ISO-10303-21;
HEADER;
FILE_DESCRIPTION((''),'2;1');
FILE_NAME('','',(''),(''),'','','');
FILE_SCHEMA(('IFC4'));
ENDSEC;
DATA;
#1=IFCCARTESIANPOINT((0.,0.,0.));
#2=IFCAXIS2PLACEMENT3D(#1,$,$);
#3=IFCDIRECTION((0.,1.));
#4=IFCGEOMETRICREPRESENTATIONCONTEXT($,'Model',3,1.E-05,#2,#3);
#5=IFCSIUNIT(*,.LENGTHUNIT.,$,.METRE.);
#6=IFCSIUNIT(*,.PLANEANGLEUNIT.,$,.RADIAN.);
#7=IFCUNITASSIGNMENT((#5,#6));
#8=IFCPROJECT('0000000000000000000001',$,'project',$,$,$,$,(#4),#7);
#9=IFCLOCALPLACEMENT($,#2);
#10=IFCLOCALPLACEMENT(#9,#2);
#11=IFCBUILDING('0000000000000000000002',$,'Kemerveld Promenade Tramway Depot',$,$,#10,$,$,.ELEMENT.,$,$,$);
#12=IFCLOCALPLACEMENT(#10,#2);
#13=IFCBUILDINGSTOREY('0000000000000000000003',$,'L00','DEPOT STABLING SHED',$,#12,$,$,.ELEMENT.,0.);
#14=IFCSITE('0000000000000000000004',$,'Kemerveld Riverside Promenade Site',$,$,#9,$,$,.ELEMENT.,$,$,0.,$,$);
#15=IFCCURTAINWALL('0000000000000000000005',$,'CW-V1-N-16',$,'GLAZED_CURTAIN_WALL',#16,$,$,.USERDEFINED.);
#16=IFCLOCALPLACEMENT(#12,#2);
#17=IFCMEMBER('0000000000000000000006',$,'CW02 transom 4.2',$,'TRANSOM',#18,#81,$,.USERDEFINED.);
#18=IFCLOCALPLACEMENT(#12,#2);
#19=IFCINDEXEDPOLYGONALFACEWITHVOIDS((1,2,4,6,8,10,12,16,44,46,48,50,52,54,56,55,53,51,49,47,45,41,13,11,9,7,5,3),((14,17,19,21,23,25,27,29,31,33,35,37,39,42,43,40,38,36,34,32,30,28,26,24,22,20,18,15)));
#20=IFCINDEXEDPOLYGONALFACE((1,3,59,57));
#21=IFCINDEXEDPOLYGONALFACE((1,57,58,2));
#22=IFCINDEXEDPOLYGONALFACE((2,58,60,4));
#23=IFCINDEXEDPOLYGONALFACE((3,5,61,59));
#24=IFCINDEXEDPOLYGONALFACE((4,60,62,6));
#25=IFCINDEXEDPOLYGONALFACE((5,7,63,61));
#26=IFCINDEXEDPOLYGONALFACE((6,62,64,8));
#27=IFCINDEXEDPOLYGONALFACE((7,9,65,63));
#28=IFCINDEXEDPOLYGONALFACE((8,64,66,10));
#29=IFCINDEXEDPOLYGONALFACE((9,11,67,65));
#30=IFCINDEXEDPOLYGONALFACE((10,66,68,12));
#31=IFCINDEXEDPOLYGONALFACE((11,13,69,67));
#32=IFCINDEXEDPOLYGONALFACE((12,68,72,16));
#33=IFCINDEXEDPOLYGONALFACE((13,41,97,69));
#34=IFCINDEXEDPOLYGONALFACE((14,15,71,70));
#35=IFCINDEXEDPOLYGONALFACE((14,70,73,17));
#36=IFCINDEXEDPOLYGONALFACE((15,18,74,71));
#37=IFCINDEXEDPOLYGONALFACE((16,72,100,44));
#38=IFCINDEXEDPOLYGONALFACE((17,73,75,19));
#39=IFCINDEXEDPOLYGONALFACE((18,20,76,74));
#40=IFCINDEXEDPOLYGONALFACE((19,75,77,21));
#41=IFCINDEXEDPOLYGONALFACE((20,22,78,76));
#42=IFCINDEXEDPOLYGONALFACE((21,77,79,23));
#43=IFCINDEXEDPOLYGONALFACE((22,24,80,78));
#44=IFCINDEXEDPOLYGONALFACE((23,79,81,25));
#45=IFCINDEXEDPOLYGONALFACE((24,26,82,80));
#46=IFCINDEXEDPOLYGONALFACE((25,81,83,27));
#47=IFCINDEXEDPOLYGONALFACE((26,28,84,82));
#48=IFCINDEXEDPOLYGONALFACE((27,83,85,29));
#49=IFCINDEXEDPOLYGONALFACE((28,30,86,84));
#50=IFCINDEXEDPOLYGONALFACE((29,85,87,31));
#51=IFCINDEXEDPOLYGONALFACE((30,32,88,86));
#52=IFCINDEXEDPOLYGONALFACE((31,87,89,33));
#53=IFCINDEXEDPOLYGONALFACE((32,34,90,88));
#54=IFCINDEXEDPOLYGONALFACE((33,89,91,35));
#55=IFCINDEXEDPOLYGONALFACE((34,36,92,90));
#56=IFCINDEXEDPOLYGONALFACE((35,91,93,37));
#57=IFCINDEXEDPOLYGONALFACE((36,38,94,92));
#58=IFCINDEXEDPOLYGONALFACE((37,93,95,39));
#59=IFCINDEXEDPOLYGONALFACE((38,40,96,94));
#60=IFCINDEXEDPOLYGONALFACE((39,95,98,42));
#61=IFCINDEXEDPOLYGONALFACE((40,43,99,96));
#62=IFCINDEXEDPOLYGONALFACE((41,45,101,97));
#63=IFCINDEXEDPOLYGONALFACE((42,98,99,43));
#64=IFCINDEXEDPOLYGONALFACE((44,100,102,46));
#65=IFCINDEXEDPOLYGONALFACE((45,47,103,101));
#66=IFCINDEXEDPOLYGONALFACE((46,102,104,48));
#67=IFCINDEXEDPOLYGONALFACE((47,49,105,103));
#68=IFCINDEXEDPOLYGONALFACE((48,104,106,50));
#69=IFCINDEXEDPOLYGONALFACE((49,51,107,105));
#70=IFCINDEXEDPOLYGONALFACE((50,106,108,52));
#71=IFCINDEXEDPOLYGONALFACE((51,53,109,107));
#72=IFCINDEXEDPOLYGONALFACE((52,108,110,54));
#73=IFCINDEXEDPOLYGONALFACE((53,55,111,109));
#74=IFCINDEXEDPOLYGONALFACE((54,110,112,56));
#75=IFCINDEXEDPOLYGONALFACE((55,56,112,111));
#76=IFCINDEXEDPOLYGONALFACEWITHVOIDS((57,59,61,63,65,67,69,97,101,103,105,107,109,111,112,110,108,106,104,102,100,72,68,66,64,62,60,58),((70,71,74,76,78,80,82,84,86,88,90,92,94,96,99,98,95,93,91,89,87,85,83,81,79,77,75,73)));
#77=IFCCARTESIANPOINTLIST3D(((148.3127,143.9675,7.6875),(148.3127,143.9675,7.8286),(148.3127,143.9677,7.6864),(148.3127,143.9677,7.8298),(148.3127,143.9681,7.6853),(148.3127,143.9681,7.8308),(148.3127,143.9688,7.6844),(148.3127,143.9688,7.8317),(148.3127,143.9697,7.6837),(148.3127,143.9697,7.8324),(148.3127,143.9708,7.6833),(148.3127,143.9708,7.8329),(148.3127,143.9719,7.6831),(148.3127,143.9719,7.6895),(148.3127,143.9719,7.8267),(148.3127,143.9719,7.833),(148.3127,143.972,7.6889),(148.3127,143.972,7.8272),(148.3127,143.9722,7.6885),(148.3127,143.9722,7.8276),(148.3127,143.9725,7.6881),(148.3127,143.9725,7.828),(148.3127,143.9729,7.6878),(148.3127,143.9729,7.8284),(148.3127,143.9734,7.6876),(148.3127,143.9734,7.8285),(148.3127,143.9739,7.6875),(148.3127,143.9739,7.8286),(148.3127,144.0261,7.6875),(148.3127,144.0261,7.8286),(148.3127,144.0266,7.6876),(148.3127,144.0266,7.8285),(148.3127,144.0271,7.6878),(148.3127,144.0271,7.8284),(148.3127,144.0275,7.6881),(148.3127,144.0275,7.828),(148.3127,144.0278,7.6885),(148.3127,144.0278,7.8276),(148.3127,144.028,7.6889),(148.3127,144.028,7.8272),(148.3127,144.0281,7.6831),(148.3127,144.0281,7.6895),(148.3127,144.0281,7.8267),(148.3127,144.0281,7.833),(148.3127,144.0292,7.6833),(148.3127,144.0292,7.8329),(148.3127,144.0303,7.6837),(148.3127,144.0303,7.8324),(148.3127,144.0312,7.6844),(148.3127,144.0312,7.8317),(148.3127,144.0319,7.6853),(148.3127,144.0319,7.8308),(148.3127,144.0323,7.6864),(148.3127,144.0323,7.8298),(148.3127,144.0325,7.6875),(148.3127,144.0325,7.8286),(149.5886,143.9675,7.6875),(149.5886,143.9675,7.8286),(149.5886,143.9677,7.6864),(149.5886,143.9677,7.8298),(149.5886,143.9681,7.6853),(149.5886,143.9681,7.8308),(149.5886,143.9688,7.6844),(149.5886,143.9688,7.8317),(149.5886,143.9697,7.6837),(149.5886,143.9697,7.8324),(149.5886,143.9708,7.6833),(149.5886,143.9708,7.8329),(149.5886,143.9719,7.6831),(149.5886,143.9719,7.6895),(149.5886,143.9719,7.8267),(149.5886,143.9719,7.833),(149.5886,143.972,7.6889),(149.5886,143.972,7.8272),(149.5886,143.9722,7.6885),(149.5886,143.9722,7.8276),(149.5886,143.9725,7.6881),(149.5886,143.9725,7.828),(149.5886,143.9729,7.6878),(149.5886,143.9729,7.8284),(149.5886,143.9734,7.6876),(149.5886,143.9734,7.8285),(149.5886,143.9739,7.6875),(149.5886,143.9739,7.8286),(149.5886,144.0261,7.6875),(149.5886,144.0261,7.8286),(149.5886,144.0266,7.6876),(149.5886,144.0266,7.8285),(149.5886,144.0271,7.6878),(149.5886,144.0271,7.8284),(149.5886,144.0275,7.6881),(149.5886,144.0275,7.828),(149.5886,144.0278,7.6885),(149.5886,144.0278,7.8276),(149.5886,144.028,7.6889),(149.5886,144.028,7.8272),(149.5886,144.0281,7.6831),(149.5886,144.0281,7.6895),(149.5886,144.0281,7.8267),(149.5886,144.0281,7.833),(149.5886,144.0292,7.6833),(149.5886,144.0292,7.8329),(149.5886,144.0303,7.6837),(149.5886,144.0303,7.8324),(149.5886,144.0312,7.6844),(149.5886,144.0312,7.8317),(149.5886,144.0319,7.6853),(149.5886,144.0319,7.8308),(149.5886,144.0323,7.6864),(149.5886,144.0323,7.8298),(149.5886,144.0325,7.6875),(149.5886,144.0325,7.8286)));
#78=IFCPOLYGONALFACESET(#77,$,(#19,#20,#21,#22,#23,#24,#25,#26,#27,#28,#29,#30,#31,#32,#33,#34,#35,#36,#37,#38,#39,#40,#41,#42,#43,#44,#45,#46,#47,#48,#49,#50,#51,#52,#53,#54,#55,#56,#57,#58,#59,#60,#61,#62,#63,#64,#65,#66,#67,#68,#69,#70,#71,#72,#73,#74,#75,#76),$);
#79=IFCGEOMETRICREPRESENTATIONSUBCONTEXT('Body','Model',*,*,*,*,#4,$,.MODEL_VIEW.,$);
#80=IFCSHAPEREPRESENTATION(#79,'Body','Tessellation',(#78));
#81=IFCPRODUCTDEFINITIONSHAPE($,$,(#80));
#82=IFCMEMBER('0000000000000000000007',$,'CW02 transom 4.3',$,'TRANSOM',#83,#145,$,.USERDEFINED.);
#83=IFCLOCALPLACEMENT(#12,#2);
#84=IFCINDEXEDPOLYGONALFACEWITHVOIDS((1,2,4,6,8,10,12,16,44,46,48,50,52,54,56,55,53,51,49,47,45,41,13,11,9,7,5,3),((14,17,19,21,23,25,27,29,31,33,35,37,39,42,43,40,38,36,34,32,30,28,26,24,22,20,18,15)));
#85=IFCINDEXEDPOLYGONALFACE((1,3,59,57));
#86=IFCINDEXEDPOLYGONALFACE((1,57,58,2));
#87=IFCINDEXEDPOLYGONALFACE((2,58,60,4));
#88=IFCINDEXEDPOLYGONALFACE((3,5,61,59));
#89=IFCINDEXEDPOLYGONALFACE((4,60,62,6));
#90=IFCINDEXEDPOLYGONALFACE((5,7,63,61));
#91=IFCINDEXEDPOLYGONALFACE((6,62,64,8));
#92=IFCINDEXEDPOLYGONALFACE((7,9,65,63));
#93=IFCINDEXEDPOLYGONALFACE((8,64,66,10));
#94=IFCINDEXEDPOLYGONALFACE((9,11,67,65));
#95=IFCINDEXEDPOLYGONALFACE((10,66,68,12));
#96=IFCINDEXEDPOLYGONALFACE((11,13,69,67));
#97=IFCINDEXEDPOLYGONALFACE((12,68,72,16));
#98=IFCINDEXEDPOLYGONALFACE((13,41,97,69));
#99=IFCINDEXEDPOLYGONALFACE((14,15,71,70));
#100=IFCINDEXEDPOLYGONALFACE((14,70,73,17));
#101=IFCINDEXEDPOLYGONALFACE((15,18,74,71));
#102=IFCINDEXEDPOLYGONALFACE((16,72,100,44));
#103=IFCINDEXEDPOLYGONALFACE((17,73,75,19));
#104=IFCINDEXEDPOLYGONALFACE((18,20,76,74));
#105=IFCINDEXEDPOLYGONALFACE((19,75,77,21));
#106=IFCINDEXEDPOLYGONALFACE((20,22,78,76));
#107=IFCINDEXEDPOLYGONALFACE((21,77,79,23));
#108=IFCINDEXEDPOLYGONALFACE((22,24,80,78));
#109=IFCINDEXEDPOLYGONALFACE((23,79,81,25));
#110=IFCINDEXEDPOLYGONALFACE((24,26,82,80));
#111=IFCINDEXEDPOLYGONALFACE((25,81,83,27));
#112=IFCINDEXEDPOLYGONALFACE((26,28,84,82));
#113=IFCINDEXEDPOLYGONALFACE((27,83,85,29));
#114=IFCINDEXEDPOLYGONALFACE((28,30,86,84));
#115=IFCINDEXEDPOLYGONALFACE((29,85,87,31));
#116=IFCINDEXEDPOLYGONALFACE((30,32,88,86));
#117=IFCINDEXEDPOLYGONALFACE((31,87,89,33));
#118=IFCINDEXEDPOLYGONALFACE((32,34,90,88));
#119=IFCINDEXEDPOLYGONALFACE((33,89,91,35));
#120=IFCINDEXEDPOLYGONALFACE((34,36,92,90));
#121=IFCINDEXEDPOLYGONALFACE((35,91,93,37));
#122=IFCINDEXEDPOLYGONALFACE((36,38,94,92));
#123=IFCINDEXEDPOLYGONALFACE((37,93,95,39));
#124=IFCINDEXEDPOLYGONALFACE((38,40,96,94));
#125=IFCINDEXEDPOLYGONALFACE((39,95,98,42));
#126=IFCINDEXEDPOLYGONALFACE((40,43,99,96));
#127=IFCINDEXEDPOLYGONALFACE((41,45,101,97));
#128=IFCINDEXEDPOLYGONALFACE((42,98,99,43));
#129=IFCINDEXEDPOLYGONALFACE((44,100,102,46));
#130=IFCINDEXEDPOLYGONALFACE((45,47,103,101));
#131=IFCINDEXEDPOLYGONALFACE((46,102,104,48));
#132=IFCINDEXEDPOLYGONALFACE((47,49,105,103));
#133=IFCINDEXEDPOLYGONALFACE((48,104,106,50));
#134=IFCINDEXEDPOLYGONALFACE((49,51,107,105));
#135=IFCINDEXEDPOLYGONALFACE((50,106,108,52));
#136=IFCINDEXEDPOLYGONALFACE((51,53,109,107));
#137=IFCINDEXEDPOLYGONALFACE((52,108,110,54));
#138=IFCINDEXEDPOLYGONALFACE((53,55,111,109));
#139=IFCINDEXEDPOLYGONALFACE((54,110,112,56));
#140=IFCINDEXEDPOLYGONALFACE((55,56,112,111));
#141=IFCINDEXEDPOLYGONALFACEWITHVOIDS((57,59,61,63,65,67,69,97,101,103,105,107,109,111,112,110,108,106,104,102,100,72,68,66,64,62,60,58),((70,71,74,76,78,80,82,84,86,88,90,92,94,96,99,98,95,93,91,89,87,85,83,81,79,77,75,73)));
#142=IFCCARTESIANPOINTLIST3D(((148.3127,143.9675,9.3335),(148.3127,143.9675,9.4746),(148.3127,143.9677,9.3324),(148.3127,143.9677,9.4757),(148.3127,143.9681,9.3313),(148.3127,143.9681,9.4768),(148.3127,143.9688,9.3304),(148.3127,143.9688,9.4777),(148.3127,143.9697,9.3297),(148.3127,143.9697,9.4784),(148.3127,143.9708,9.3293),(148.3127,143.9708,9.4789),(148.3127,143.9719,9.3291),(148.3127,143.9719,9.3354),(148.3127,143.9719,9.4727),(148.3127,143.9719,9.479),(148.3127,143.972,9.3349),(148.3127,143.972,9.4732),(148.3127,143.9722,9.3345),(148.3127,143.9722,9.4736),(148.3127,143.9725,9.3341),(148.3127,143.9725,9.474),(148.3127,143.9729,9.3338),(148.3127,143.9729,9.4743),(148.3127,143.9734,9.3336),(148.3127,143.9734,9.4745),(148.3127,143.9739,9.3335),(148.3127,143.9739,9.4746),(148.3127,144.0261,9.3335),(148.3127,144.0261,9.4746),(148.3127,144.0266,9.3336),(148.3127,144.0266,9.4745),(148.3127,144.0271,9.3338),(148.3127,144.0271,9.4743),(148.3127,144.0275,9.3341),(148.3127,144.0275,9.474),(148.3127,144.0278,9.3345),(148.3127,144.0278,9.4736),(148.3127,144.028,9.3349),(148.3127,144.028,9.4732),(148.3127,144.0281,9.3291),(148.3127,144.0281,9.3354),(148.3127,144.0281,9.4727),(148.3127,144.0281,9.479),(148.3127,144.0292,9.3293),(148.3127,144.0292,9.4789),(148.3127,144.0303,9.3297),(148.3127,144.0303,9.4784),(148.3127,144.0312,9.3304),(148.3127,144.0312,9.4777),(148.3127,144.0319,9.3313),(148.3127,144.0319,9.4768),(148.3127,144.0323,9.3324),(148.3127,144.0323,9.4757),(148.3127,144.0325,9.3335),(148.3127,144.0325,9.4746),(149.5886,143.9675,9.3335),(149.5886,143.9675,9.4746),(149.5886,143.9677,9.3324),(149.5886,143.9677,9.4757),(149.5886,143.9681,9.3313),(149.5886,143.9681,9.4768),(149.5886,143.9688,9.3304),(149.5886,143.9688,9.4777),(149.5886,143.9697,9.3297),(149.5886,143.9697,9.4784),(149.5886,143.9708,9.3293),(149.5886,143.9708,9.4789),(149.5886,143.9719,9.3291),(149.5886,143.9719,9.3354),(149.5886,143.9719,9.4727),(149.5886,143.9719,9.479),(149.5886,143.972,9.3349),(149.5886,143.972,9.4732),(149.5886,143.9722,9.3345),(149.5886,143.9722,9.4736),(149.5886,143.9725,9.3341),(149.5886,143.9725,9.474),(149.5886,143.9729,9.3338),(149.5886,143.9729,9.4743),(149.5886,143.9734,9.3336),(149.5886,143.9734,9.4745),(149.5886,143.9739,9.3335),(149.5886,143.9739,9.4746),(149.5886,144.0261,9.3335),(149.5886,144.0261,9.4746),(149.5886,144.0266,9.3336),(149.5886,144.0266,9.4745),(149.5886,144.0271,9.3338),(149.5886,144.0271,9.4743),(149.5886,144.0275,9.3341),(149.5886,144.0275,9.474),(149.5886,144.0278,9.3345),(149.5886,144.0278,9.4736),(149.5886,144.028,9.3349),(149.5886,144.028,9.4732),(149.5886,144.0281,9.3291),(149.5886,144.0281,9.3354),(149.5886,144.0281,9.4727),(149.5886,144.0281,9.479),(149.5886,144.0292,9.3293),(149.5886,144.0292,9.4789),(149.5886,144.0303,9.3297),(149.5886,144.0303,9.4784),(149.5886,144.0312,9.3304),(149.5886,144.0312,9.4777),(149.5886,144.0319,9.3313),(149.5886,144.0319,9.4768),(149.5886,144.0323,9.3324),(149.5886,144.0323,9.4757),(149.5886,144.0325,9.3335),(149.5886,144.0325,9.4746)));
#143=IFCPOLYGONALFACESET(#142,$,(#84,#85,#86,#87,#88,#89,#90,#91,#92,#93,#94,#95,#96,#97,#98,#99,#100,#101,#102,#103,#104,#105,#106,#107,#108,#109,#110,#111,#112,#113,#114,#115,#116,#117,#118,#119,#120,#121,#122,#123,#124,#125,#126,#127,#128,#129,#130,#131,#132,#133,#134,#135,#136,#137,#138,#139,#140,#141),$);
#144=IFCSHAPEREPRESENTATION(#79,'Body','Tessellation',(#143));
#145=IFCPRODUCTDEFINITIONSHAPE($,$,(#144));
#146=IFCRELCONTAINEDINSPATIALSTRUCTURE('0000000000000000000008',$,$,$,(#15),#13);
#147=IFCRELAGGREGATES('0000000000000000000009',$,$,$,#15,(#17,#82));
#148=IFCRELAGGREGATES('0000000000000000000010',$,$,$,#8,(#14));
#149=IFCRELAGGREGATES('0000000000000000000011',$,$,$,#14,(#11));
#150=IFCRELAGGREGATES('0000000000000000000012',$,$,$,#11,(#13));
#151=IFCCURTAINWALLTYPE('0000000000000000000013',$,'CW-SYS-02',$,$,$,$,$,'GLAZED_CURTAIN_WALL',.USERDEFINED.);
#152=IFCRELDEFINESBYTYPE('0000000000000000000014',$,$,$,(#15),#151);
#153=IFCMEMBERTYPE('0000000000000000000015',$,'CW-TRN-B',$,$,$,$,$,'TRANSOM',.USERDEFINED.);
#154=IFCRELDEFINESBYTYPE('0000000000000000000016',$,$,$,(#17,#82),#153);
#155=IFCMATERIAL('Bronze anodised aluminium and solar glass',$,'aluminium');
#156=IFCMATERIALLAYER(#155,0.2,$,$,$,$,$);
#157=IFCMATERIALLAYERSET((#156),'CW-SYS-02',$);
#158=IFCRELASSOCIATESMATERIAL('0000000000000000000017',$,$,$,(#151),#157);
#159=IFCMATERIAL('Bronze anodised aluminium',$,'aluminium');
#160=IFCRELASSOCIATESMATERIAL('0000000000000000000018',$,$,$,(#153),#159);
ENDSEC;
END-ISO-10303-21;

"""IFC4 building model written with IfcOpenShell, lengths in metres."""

from ifc_helpers import new_model, si_unit, direction, frame, origin, origin_2d, place, context, subcontext, project, spatial, hollow_rectangle, extrude, material, layer, layer_set, material_profile, profile_set, type_object, element, aggregate, save


model = new_model("IFC4")

# Units and contexts
model_context = context("Model", 3, precision=1e-05, world=origin(), true_north=direction((0.0, 1.0)))
body_context = subcontext(model_context, "Body", "Model", "MODEL_VIEW")
ifc_project = project(units=[si_unit("LENGTHUNIT", "METRE"), si_unit("PLANEANGLEUNIT", "RADIAN")], contexts=[model_context])

# Site, building, storey
site_placement = place(None, origin())
site = spatial("IfcSite", under=ifc_project, at=site_placement, Name="Kemerveld Riverside Promenade Site", CompositionType="ELEMENT", RefElevation=0.0)
building_placement = place(site_placement, origin())
building = spatial("IfcBuilding", under=site, at=building_placement, Name="Kemerveld Promenade Tramway Depot", CompositionType="ELEMENT")
storey_placement = place(building_placement, origin())
storey = spatial("IfcBuildingStorey", under=building, at=storey_placement, Name="L00", Description="DEPOT STABLING SHED", CompositionType="ELEMENT", Elevation=0.0)

# Curtain wall, members
ifc_material_1 = material(Name="Bronze anodised aluminium and solar glass", Category="aluminium")
ifc_layer_1 = layer(ifc_material_1, 0.2)
ifc_layer_set_1 = layer_set([ifc_layer_1], Name="CW-SYS-02")
curtain_wall_type = type_object("IfcCurtainWallType", Name="CW-SYS-02", ElementType="GLAZED_CURTAIN_WALL", PredefinedType="USERDEFINED", material=ifc_layer_set_1)
curtain_wall_placement = place(storey_placement, origin())
curtain_wall = element("IfcCurtainWall", 1, at=curtain_wall_placement, inside=storey, type_object=curtain_wall_type, Name="CW-V1-N-16", ObjectType="GLAZED_CURTAIN_WALL", PredefinedType="USERDEFINED")
ifc_material_2 = material(Name="Bronze anodised aluminium", Category="aluminium")
ifc_material_profile_1 = material_profile(ifc_material_2, hollow_rectangle(XDim=0.0649, YDim=0.1499, WallThickness=0.0044, InnerFilletRadius=0.002, OuterFilletRadius=0.0044, at=origin_2d()), Name="CW-TRN-150x65")
ifc_profile_set_1 = profile_set([ifc_material_profile_1], Name="Bronze anodised aluminium")
member_type_1 = type_object("IfcMemberType", Name="CW-TRN-B", ElementType="TRANSOM", PredefinedType="USERDEFINED", material=ifc_profile_set_1)
member_1_placement = place(storey_placement, frame((148.3127, 144.0, 7.7581), z_axis=(1.0, 0.0, 0.0), x_axis=(0.0, 1.0, 0.0)))
member_1 = element("IfcMember", 2, at=member_1_placement, type_object=member_type_1, Name="CW02 transom 4.2", ObjectType="TRANSOM", PredefinedType="USERDEFINED", context=body_context, shape_type="SweptSolid", body=[
    extrude(hollow_rectangle(XDim=0.0649, YDim=0.1499, WallThickness=0.0044, InnerFilletRadius=0.002, OuterFilletRadius=0.0044, at=origin_2d()), origin(), (0.0, 0.0, 1.0), 1.2759),
])
member_2_placement = place(storey_placement, frame((148.3127, 144.0, 9.4041), z_axis=(1.0, 0.0, 0.0), x_axis=(0.0, 1.0, 0.0)))
member_2 = element("IfcMember", 3, at=member_2_placement, type_object=member_type_1, Name="CW02 transom 4.3", ObjectType="TRANSOM", PredefinedType="USERDEFINED", context=body_context, shape_type="SweptSolid", body=[
    extrude(hollow_rectangle(XDim=0.0649, YDim=0.1499, WallThickness=0.0044, InnerFilletRadius=0.002, OuterFilletRadius=0.0044, at=origin_2d()), origin(), (0.0, 0.0, 1.0), 1.2759),
])

aggregate(curtain_wall, [member_1, member_2])

save(model, "model.ifc")
